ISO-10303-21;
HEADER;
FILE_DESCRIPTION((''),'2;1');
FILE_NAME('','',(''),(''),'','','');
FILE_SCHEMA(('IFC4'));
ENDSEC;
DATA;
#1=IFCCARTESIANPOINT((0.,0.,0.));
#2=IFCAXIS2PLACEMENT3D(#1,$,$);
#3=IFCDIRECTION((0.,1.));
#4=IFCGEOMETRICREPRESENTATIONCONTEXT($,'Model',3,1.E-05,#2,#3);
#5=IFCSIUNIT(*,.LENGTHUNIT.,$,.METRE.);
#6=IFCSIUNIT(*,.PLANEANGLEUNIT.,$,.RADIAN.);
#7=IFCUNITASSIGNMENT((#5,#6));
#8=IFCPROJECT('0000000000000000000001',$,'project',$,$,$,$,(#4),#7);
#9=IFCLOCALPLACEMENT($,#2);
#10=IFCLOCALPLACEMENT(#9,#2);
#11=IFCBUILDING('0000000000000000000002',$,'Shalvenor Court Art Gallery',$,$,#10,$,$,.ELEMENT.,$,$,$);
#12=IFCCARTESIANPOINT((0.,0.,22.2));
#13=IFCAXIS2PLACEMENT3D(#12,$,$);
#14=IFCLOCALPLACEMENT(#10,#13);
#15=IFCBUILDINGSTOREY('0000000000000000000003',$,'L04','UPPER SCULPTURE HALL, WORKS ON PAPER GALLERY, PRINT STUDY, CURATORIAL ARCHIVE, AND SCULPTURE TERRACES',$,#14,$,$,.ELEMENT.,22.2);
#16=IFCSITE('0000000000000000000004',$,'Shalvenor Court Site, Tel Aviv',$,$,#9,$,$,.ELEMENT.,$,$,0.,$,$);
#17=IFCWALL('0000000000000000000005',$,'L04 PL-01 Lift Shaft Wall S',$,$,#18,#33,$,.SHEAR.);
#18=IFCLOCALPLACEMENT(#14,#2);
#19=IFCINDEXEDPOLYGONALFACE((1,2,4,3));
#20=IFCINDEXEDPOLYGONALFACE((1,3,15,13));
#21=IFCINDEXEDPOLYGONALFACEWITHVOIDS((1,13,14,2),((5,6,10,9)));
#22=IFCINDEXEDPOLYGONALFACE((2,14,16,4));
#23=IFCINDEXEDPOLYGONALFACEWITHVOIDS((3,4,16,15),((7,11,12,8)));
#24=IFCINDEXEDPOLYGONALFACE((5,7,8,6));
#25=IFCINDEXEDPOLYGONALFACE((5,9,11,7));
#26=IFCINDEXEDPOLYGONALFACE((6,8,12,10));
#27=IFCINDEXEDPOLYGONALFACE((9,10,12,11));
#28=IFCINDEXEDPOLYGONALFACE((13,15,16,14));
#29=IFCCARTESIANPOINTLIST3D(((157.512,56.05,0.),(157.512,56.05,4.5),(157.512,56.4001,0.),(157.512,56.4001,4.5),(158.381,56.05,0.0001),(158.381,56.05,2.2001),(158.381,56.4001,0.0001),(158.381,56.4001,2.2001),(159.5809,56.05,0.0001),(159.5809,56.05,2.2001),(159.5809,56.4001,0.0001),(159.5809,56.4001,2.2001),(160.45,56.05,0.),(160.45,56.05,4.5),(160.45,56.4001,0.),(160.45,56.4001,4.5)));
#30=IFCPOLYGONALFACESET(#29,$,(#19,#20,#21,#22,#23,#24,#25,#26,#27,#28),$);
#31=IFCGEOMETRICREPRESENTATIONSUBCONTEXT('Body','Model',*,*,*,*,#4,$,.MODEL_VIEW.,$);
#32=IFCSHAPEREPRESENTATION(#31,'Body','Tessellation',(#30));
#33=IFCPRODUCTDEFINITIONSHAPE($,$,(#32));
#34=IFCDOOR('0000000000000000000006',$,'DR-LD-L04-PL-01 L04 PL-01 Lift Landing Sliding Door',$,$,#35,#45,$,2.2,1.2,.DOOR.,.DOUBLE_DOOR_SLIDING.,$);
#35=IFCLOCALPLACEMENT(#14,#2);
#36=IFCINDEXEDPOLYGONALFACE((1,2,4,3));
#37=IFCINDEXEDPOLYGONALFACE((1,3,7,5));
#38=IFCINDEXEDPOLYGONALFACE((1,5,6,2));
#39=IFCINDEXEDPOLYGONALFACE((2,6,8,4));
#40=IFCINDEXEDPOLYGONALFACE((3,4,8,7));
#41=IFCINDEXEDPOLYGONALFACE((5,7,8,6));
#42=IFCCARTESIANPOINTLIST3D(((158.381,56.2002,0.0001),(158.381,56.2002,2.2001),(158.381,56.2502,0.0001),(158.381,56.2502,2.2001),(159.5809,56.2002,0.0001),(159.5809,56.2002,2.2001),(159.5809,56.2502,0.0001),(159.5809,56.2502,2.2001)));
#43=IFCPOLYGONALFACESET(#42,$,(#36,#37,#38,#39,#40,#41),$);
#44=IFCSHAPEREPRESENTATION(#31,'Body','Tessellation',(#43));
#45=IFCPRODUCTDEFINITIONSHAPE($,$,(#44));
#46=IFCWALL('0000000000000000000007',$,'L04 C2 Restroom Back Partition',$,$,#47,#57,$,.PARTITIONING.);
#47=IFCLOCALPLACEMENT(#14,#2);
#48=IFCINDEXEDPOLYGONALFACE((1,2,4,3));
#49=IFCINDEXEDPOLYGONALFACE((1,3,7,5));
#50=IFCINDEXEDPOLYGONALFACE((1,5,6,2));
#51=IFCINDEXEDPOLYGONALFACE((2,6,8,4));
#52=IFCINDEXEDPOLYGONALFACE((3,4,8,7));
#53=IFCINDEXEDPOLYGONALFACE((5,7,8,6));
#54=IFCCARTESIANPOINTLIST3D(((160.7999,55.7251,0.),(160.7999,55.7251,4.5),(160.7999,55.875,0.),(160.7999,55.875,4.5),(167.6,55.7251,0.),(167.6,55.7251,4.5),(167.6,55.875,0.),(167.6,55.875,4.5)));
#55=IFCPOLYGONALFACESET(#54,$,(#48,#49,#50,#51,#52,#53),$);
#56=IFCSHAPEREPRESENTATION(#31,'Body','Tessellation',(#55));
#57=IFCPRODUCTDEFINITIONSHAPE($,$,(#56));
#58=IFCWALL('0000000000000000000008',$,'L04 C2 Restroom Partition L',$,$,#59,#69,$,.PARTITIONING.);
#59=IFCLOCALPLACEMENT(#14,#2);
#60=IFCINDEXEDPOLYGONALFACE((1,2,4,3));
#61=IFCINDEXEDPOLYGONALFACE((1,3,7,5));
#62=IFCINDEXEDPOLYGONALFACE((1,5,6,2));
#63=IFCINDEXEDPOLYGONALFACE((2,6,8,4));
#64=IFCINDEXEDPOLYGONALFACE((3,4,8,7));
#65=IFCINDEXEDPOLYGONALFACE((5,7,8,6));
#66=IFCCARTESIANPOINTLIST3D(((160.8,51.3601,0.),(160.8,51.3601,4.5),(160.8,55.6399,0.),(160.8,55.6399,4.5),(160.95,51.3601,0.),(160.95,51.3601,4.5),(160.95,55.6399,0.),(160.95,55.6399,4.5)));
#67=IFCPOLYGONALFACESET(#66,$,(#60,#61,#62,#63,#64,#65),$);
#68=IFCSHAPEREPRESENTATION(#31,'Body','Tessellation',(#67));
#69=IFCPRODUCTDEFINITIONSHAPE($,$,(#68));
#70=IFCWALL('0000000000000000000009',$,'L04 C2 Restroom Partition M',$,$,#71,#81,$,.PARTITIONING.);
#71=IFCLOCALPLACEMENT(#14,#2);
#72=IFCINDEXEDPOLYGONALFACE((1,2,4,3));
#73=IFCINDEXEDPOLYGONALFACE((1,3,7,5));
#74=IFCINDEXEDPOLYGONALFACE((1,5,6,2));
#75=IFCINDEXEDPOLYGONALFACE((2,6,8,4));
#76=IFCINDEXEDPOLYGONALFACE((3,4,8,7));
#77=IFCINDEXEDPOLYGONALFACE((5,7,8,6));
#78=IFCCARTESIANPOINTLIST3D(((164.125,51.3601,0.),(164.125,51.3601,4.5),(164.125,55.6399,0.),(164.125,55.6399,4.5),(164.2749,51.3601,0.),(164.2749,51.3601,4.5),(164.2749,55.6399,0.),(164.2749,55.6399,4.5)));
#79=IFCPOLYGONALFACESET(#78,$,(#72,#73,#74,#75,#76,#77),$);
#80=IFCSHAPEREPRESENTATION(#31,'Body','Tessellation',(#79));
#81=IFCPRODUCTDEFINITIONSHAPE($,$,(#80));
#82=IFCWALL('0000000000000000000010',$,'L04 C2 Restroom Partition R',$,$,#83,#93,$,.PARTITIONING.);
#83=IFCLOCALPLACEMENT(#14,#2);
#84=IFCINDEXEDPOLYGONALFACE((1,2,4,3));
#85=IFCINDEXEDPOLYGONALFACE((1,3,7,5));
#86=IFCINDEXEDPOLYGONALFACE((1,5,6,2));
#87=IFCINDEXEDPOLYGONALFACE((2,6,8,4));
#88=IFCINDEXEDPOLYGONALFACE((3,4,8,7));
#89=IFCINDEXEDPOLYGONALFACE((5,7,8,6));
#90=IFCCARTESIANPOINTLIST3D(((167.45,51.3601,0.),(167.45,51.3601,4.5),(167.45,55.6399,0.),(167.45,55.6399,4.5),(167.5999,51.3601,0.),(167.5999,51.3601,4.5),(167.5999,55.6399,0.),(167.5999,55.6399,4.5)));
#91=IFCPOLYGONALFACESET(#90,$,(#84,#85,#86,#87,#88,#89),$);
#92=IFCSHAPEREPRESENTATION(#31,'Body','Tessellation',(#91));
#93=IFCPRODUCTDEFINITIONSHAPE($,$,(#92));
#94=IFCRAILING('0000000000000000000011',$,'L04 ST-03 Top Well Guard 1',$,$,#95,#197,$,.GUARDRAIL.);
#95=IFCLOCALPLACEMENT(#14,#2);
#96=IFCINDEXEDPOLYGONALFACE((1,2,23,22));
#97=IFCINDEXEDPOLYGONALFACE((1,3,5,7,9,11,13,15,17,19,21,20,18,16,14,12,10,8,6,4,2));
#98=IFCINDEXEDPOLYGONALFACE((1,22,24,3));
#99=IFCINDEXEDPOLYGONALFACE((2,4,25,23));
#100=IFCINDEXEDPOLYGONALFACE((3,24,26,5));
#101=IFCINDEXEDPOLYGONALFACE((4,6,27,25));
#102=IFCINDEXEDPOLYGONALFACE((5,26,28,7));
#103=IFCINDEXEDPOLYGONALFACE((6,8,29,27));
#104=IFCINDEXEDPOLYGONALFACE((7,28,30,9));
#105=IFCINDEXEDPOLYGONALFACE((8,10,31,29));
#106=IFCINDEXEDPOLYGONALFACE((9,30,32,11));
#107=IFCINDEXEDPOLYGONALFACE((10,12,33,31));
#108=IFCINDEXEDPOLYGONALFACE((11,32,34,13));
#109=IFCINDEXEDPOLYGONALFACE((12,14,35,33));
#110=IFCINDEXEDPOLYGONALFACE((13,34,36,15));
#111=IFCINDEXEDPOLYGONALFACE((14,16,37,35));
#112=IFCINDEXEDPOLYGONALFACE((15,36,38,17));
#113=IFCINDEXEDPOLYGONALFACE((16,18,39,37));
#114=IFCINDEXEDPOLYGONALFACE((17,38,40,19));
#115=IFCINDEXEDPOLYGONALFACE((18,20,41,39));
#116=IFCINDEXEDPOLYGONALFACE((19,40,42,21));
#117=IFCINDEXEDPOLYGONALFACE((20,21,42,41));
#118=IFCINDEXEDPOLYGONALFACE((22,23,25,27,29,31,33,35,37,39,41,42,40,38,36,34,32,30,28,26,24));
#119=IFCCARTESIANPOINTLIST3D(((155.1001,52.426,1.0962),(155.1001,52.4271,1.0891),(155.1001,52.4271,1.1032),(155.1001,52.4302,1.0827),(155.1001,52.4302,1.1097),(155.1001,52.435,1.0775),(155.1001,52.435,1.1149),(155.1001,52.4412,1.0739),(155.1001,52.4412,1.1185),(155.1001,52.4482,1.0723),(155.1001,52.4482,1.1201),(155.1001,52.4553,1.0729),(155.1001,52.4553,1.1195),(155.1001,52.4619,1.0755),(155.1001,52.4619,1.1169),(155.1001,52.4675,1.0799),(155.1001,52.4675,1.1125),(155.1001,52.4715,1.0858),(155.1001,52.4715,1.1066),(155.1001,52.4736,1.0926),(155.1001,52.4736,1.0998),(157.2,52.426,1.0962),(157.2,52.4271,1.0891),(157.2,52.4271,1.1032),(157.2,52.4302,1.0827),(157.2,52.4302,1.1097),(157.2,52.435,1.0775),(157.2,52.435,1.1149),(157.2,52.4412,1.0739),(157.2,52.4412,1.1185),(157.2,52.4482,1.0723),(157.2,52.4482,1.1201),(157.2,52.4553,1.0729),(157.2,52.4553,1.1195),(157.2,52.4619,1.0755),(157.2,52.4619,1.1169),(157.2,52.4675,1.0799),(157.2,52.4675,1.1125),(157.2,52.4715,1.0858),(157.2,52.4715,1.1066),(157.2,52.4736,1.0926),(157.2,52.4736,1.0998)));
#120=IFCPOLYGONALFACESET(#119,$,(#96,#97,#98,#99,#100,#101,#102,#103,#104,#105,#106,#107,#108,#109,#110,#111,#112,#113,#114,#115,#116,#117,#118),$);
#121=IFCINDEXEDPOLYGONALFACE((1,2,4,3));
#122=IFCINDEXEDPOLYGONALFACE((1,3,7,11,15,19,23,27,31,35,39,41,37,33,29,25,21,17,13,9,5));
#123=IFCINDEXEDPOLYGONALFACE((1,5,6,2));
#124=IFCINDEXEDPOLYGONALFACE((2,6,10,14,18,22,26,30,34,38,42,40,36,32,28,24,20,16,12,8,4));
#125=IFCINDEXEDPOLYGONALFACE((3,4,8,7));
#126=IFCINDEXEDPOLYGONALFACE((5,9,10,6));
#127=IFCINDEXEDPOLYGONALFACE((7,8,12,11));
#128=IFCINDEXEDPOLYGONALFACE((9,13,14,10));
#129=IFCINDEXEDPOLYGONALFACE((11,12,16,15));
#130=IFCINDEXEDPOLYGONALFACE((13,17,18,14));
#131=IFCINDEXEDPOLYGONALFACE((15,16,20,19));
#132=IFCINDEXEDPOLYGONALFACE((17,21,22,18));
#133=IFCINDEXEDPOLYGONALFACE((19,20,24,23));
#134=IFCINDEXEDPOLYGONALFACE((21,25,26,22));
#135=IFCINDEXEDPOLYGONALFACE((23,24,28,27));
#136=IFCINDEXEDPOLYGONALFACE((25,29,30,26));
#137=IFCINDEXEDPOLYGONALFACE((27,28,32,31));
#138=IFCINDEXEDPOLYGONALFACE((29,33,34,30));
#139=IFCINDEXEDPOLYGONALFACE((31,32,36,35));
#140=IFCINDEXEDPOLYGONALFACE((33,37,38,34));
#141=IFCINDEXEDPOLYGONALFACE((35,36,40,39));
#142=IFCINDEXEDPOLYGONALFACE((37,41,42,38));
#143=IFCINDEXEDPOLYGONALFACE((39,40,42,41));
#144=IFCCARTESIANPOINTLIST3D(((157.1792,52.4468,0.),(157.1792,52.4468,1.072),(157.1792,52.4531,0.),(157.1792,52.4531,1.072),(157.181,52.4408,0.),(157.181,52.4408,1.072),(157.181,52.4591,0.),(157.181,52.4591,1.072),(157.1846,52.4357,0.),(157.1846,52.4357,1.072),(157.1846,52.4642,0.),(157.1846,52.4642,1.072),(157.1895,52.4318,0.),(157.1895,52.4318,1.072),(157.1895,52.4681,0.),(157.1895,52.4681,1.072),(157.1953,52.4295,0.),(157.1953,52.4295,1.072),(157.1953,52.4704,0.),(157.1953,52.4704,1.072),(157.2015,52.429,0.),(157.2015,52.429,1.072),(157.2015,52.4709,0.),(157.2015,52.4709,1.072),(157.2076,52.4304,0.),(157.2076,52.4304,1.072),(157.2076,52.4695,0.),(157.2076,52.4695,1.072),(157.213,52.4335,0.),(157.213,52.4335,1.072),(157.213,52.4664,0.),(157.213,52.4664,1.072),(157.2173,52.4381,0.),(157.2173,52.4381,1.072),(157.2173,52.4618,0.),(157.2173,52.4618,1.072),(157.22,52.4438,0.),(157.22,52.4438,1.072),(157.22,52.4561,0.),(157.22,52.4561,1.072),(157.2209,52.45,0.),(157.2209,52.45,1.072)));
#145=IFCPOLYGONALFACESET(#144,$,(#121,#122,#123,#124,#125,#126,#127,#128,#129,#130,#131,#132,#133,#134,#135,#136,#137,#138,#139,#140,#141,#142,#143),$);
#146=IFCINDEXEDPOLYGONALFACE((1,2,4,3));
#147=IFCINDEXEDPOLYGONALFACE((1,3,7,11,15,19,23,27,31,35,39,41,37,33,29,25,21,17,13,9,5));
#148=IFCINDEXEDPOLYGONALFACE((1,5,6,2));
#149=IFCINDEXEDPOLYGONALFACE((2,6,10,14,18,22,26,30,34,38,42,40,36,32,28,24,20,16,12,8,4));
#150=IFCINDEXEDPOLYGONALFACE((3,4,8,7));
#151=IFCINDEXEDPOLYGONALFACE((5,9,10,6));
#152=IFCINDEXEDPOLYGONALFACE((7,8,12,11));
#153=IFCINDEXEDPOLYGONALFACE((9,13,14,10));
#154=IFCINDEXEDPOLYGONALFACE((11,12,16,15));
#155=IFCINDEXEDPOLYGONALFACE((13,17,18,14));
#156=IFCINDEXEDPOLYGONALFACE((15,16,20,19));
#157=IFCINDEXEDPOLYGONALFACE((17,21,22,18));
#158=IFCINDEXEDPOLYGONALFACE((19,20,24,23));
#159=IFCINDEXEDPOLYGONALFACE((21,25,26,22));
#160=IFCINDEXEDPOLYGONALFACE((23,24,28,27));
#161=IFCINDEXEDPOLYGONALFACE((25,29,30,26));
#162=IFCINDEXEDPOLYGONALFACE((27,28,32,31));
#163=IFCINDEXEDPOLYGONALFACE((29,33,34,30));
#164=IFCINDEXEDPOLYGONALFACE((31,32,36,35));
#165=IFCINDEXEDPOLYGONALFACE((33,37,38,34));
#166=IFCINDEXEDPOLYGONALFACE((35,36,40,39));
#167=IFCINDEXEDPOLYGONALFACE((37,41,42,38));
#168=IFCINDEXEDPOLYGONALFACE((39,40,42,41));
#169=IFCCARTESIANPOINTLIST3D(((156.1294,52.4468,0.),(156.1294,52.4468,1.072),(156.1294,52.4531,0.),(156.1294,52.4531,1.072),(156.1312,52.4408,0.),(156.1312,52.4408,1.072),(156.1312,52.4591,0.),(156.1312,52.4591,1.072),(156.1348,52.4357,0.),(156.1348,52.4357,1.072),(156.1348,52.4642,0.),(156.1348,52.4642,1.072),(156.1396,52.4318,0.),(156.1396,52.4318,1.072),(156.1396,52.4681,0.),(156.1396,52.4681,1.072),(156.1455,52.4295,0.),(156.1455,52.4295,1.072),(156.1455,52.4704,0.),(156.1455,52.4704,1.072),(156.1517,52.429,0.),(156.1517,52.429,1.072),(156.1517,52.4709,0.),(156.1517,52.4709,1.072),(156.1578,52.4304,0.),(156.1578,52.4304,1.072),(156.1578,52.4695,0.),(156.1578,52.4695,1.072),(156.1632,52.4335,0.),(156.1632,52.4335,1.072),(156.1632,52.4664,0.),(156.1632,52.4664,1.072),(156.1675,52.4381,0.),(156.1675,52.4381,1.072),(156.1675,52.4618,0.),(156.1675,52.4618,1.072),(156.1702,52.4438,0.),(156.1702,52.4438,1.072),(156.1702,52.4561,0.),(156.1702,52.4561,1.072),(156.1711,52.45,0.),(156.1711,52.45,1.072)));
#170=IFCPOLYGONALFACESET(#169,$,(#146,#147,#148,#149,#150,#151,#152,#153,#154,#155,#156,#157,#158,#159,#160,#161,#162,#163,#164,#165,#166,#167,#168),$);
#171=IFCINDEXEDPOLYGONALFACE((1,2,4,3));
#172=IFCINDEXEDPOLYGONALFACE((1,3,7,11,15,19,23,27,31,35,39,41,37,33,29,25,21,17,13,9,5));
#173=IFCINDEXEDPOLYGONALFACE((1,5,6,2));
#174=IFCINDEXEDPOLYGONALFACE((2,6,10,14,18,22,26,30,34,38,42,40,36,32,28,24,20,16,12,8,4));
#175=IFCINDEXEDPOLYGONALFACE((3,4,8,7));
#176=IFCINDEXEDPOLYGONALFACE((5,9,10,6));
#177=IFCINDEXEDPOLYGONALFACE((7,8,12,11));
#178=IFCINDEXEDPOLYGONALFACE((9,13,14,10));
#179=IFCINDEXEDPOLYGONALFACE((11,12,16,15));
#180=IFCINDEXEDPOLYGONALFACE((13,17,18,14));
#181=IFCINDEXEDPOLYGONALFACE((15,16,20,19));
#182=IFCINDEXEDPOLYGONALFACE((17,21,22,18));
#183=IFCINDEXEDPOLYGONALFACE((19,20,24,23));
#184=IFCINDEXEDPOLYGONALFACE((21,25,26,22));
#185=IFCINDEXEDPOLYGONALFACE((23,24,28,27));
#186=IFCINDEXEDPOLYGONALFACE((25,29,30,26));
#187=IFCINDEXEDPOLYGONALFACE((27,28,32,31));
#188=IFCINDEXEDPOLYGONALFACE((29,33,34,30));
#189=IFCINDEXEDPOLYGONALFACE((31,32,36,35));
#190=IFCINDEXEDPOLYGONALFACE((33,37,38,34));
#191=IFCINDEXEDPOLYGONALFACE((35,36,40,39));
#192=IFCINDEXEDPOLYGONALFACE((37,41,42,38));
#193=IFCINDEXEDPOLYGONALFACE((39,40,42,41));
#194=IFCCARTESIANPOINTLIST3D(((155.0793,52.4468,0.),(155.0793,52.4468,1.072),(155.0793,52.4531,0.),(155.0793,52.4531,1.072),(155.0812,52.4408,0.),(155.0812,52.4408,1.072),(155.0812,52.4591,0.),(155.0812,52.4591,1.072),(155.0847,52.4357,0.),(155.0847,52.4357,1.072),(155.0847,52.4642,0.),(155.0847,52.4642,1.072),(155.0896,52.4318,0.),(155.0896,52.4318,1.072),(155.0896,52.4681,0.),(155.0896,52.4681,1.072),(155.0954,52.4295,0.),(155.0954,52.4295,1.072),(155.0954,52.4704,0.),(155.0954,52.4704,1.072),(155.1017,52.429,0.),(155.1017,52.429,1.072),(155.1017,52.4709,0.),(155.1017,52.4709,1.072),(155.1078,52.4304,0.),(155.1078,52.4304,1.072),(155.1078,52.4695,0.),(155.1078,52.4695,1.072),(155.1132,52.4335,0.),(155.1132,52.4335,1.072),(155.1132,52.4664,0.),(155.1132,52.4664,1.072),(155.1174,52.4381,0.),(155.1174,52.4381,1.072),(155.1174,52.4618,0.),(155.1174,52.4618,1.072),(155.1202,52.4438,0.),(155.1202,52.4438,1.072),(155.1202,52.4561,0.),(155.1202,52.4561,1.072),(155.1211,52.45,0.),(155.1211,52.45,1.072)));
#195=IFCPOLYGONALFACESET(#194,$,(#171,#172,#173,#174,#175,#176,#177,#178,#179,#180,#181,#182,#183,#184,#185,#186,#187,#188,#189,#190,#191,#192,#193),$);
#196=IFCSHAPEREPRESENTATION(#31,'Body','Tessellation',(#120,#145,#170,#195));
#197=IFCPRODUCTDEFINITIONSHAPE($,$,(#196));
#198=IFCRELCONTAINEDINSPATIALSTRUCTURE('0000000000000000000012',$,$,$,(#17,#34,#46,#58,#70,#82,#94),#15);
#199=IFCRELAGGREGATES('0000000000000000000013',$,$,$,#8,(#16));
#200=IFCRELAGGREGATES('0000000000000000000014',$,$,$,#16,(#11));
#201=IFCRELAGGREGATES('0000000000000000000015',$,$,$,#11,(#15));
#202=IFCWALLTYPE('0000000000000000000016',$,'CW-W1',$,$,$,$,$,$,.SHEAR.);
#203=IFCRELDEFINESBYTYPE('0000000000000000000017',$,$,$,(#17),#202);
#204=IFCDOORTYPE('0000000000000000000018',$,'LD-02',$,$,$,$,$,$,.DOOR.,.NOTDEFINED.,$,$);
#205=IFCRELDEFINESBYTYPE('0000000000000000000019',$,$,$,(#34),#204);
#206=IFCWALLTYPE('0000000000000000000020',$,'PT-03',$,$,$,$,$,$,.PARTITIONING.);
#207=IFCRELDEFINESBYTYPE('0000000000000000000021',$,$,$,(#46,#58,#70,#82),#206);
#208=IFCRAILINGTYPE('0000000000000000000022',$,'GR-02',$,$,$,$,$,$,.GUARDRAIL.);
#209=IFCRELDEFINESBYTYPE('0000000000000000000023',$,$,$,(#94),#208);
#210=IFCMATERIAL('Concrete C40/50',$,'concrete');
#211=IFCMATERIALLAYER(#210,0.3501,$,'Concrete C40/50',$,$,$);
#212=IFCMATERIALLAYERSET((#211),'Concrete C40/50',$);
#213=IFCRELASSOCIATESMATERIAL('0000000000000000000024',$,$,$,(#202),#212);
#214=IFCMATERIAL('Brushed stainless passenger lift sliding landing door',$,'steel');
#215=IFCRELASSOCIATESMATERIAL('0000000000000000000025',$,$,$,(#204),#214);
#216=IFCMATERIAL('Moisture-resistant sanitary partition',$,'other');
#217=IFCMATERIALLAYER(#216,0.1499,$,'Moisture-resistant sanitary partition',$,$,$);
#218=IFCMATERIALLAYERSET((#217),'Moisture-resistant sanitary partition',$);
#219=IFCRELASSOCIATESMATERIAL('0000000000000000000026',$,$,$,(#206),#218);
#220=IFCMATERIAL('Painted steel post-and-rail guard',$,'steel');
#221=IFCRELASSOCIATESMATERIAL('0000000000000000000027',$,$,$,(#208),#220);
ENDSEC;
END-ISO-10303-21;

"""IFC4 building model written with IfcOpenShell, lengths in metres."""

from ifc_helpers import new_model, si_unit, direction, frame, frame_2d, origin, origin_2d, place, context, subcontext, project, spatial, rectangle, circle, extrude, material, layer, layer_set, type_object, element, fill, save


model = new_model("IFC4")

# Units and contexts
model_context = context("Model", 3, precision=1e-05, world=origin(), true_north=direction((0.0, 1.0)))
body_context = subcontext(model_context, "Body", "Model", "MODEL_VIEW")
ifc_project = project(units=[si_unit("LENGTHUNIT", "METRE"), si_unit("PLANEANGLEUNIT", "RADIAN")], contexts=[model_context])

# Site, building, storey
site_placement = place(None, origin())
site = spatial("IfcSite", under=ifc_project, at=site_placement, Name="Shalvenor Court Site, Tel Aviv", CompositionType="ELEMENT", RefElevation=0.0)
building_placement = place(site_placement, origin())
building = spatial("IfcBuilding", under=site, at=building_placement, Name="Shalvenor Court Art Gallery", CompositionType="ELEMENT")
storey_placement = place(building_placement, frame((0.0, 0.0, 22.2)))
storey = spatial("IfcBuildingStorey", under=building, at=storey_placement, Name="L04", Description="UPPER SCULPTURE HALL, WORKS ON PAPER GALLERY, PRINT STUDY, CURATORIAL ARCHIVE, AND SCULPTURE TERRACES", CompositionType="ELEMENT", Elevation=22.2)

# Shared definitions
ifc_material_1 = material(Name="Concrete C40/50", Category="concrete")
ifc_layer_1 = layer(ifc_material_1, 0.3501, Name="Concrete C40/50")
ifc_layer_set_1 = layer_set([ifc_layer_1], Name="Concrete C40/50")
wall_type_1 = type_object("IfcWallType", Name="CW-W1", PredefinedType="SHEAR", material=ifc_layer_set_1)

# Wall, opening, door
wall_1_placement = place(storey_placement, frame((160.45, 56.2251, 0.0), z_axis=(0.0, 0.0, 1.0), x_axis=(-1.0, 0.0, 0.0)))
wall_1 = element("IfcWall", 1, at=wall_1_placement, inside=storey, type_object=wall_type_1, Name="L04 PL-01 Lift Shaft Wall S", PredefinedType="SHEAR", context=body_context, shape_type="SweptSolid", body=[
    extrude(rectangle(XDim=2.938, YDim=0.3501, at=frame_2d((1.469, 0.0))), origin(), (0.0, 0.0, 1.0), 4.5),
])
opening_1_placement = place(wall_1_placement, frame((0.8689, 0.0, 0.0)))
opening_1 = element("IfcOpeningElement", 2, at=opening_1_placement, cuts=wall_1, PredefinedType="OPENING", context=body_context, shape_type="SweptSolid", body=[
    extrude(rectangle(XDim=1.2, YDim=2.2, at=frame_2d((0.6001, 1.1001))), frame((0.0, 0.1851, 0.0), z_axis=(0.0, -1.0, 0.0), x_axis=(1.0, 0.0, 0.0)), (0.0, 0.0, 1.0), 0.3701),
])
ifc_material_2 = material(Name="Brushed stainless passenger lift sliding landing door", Category="steel")
door_type_1 = type_object("IfcDoorType", Name="LD-02", OperationType="NOTDEFINED", PredefinedType="DOOR", material=ifc_material_2)
door_1_placement = place(opening_1_placement, origin())
door_1 = element("IfcDoor", 3, at=door_1_placement, inside=storey, type_object=door_type_1, Name="DR-LD-L04-PL-01 L04 PL-01 Lift Landing Sliding Door", OperationType="DOUBLE_DOOR_SLIDING", OverallHeight=2.2, OverallWidth=1.2, PredefinedType="DOOR", context=body_context, shape_type="SweptSolid", body=[
    extrude(rectangle(XDim=1.2, YDim=2.2, at=frame_2d((0.6001, 1.1001))), frame((0.0, 0.0249, 0.0), z_axis=(0.0, -1.0, 0.0), x_axis=(1.0, 0.0, 0.0)), (0.0, 0.0, 1.0), 0.05),
])
fill(opening_1, door_1)

# Walls
ifc_material_3 = material(Name="Moisture-resistant sanitary partition", Category="other")
ifc_layer_2 = layer(ifc_material_3, 0.1499, Name="Moisture-resistant sanitary partition")
ifc_layer_set_2 = layer_set([ifc_layer_2], Name="Moisture-resistant sanitary partition")
wall_type_2 = type_object("IfcWallType", Name="PT-03", PredefinedType="PARTITIONING", material=ifc_layer_set_2)
wall_2_placement = place(storey_placement, frame((160.8, 55.8, 0.0), z_axis=(0.0, 0.0, 1.0), x_axis=(1.0, 0.0, 0.0)))
element("IfcWall", 4, at=wall_2_placement, inside=storey, type_object=wall_type_2, Name="L04 C2 Restroom Back Partition", PredefinedType="PARTITIONING", context=body_context, shape_type="SweptSolid", body=[
    extrude(rectangle(XDim=6.8, YDim=0.1499, at=frame_2d((3.3999, 0.0))), origin(), (0.0, 0.0, 1.0), 4.5),
])
for number, where, z_axis, x_axis, name in (
    (5, (160.875, 51.3601, 0.0), (0.0, 0.0, 1.0), (0.0, 1.0, 0.0), "L04 C2 Restroom Partition L"),
    (6, (164.2, 51.3601, 0.0), (0.0, 0.0, 1.0), (0.0, 1.0, 0.0), "L04 C2 Restroom Partition M"),
    (7, (167.5249, 51.3601, 0.0), (0.0, 0.0, 1.0), (0.0, 1.0, 0.0), "L04 C2 Restroom Partition R"),
):
    element("IfcWall", number, at=place(storey_placement, frame(where, z_axis=z_axis, x_axis=x_axis)), inside=storey, type_object=wall_type_2, Name=name, PredefinedType="PARTITIONING", context=body_context, shape_type="SweptSolid", body=[
        extrude(rectangle(XDim=4.2798, YDim=0.1499, at=frame_2d((2.1399, 0.0))), origin(), (0.0, 0.0, 1.0), 4.5),
    ])

# Railing
ifc_material_4 = material(Name="Painted steel post-and-rail guard", Category="steel")
railing_type = type_object("IfcRailingType", Name="GR-02", PredefinedType="GUARDRAIL", material=ifc_material_4)
railing_placement = place(storey_placement, frame((157.2, 52.45, 0.0)))
element("IfcRailing", 8, at=railing_placement, inside=storey, type_object=railing_type, Name="L04 ST-03 Top Well Guard 1", PredefinedType="GUARDRAIL", context=body_context, shape_type="SweptSolid", body=[
    extrude(circle(Radius=0.0239, at=origin_2d()), frame((0.0, 0.0, 1.0962), z_axis=(-1.0, 0.0, 0.0), x_axis=(0.0, -1.0, 0.0)), (0.0, 0.0, 1.0), 2.0999),
    extrude(circle(Radius=0.021, at=origin_2d()), origin(), (0.0, 0.0, 1.0), 1.072),
    extrude(circle(Radius=0.021, at=origin_2d()), frame((-1.0498, 0.0, 0.0)), (0.0, 0.0, 1.0), 1.072),
    extrude(circle(Radius=0.021, at=origin_2d()), frame((-2.0999, 0.0, 0.0)), (0.0, 0.0, 1.0), 1.072),
])

save(model, "model.ifc")
